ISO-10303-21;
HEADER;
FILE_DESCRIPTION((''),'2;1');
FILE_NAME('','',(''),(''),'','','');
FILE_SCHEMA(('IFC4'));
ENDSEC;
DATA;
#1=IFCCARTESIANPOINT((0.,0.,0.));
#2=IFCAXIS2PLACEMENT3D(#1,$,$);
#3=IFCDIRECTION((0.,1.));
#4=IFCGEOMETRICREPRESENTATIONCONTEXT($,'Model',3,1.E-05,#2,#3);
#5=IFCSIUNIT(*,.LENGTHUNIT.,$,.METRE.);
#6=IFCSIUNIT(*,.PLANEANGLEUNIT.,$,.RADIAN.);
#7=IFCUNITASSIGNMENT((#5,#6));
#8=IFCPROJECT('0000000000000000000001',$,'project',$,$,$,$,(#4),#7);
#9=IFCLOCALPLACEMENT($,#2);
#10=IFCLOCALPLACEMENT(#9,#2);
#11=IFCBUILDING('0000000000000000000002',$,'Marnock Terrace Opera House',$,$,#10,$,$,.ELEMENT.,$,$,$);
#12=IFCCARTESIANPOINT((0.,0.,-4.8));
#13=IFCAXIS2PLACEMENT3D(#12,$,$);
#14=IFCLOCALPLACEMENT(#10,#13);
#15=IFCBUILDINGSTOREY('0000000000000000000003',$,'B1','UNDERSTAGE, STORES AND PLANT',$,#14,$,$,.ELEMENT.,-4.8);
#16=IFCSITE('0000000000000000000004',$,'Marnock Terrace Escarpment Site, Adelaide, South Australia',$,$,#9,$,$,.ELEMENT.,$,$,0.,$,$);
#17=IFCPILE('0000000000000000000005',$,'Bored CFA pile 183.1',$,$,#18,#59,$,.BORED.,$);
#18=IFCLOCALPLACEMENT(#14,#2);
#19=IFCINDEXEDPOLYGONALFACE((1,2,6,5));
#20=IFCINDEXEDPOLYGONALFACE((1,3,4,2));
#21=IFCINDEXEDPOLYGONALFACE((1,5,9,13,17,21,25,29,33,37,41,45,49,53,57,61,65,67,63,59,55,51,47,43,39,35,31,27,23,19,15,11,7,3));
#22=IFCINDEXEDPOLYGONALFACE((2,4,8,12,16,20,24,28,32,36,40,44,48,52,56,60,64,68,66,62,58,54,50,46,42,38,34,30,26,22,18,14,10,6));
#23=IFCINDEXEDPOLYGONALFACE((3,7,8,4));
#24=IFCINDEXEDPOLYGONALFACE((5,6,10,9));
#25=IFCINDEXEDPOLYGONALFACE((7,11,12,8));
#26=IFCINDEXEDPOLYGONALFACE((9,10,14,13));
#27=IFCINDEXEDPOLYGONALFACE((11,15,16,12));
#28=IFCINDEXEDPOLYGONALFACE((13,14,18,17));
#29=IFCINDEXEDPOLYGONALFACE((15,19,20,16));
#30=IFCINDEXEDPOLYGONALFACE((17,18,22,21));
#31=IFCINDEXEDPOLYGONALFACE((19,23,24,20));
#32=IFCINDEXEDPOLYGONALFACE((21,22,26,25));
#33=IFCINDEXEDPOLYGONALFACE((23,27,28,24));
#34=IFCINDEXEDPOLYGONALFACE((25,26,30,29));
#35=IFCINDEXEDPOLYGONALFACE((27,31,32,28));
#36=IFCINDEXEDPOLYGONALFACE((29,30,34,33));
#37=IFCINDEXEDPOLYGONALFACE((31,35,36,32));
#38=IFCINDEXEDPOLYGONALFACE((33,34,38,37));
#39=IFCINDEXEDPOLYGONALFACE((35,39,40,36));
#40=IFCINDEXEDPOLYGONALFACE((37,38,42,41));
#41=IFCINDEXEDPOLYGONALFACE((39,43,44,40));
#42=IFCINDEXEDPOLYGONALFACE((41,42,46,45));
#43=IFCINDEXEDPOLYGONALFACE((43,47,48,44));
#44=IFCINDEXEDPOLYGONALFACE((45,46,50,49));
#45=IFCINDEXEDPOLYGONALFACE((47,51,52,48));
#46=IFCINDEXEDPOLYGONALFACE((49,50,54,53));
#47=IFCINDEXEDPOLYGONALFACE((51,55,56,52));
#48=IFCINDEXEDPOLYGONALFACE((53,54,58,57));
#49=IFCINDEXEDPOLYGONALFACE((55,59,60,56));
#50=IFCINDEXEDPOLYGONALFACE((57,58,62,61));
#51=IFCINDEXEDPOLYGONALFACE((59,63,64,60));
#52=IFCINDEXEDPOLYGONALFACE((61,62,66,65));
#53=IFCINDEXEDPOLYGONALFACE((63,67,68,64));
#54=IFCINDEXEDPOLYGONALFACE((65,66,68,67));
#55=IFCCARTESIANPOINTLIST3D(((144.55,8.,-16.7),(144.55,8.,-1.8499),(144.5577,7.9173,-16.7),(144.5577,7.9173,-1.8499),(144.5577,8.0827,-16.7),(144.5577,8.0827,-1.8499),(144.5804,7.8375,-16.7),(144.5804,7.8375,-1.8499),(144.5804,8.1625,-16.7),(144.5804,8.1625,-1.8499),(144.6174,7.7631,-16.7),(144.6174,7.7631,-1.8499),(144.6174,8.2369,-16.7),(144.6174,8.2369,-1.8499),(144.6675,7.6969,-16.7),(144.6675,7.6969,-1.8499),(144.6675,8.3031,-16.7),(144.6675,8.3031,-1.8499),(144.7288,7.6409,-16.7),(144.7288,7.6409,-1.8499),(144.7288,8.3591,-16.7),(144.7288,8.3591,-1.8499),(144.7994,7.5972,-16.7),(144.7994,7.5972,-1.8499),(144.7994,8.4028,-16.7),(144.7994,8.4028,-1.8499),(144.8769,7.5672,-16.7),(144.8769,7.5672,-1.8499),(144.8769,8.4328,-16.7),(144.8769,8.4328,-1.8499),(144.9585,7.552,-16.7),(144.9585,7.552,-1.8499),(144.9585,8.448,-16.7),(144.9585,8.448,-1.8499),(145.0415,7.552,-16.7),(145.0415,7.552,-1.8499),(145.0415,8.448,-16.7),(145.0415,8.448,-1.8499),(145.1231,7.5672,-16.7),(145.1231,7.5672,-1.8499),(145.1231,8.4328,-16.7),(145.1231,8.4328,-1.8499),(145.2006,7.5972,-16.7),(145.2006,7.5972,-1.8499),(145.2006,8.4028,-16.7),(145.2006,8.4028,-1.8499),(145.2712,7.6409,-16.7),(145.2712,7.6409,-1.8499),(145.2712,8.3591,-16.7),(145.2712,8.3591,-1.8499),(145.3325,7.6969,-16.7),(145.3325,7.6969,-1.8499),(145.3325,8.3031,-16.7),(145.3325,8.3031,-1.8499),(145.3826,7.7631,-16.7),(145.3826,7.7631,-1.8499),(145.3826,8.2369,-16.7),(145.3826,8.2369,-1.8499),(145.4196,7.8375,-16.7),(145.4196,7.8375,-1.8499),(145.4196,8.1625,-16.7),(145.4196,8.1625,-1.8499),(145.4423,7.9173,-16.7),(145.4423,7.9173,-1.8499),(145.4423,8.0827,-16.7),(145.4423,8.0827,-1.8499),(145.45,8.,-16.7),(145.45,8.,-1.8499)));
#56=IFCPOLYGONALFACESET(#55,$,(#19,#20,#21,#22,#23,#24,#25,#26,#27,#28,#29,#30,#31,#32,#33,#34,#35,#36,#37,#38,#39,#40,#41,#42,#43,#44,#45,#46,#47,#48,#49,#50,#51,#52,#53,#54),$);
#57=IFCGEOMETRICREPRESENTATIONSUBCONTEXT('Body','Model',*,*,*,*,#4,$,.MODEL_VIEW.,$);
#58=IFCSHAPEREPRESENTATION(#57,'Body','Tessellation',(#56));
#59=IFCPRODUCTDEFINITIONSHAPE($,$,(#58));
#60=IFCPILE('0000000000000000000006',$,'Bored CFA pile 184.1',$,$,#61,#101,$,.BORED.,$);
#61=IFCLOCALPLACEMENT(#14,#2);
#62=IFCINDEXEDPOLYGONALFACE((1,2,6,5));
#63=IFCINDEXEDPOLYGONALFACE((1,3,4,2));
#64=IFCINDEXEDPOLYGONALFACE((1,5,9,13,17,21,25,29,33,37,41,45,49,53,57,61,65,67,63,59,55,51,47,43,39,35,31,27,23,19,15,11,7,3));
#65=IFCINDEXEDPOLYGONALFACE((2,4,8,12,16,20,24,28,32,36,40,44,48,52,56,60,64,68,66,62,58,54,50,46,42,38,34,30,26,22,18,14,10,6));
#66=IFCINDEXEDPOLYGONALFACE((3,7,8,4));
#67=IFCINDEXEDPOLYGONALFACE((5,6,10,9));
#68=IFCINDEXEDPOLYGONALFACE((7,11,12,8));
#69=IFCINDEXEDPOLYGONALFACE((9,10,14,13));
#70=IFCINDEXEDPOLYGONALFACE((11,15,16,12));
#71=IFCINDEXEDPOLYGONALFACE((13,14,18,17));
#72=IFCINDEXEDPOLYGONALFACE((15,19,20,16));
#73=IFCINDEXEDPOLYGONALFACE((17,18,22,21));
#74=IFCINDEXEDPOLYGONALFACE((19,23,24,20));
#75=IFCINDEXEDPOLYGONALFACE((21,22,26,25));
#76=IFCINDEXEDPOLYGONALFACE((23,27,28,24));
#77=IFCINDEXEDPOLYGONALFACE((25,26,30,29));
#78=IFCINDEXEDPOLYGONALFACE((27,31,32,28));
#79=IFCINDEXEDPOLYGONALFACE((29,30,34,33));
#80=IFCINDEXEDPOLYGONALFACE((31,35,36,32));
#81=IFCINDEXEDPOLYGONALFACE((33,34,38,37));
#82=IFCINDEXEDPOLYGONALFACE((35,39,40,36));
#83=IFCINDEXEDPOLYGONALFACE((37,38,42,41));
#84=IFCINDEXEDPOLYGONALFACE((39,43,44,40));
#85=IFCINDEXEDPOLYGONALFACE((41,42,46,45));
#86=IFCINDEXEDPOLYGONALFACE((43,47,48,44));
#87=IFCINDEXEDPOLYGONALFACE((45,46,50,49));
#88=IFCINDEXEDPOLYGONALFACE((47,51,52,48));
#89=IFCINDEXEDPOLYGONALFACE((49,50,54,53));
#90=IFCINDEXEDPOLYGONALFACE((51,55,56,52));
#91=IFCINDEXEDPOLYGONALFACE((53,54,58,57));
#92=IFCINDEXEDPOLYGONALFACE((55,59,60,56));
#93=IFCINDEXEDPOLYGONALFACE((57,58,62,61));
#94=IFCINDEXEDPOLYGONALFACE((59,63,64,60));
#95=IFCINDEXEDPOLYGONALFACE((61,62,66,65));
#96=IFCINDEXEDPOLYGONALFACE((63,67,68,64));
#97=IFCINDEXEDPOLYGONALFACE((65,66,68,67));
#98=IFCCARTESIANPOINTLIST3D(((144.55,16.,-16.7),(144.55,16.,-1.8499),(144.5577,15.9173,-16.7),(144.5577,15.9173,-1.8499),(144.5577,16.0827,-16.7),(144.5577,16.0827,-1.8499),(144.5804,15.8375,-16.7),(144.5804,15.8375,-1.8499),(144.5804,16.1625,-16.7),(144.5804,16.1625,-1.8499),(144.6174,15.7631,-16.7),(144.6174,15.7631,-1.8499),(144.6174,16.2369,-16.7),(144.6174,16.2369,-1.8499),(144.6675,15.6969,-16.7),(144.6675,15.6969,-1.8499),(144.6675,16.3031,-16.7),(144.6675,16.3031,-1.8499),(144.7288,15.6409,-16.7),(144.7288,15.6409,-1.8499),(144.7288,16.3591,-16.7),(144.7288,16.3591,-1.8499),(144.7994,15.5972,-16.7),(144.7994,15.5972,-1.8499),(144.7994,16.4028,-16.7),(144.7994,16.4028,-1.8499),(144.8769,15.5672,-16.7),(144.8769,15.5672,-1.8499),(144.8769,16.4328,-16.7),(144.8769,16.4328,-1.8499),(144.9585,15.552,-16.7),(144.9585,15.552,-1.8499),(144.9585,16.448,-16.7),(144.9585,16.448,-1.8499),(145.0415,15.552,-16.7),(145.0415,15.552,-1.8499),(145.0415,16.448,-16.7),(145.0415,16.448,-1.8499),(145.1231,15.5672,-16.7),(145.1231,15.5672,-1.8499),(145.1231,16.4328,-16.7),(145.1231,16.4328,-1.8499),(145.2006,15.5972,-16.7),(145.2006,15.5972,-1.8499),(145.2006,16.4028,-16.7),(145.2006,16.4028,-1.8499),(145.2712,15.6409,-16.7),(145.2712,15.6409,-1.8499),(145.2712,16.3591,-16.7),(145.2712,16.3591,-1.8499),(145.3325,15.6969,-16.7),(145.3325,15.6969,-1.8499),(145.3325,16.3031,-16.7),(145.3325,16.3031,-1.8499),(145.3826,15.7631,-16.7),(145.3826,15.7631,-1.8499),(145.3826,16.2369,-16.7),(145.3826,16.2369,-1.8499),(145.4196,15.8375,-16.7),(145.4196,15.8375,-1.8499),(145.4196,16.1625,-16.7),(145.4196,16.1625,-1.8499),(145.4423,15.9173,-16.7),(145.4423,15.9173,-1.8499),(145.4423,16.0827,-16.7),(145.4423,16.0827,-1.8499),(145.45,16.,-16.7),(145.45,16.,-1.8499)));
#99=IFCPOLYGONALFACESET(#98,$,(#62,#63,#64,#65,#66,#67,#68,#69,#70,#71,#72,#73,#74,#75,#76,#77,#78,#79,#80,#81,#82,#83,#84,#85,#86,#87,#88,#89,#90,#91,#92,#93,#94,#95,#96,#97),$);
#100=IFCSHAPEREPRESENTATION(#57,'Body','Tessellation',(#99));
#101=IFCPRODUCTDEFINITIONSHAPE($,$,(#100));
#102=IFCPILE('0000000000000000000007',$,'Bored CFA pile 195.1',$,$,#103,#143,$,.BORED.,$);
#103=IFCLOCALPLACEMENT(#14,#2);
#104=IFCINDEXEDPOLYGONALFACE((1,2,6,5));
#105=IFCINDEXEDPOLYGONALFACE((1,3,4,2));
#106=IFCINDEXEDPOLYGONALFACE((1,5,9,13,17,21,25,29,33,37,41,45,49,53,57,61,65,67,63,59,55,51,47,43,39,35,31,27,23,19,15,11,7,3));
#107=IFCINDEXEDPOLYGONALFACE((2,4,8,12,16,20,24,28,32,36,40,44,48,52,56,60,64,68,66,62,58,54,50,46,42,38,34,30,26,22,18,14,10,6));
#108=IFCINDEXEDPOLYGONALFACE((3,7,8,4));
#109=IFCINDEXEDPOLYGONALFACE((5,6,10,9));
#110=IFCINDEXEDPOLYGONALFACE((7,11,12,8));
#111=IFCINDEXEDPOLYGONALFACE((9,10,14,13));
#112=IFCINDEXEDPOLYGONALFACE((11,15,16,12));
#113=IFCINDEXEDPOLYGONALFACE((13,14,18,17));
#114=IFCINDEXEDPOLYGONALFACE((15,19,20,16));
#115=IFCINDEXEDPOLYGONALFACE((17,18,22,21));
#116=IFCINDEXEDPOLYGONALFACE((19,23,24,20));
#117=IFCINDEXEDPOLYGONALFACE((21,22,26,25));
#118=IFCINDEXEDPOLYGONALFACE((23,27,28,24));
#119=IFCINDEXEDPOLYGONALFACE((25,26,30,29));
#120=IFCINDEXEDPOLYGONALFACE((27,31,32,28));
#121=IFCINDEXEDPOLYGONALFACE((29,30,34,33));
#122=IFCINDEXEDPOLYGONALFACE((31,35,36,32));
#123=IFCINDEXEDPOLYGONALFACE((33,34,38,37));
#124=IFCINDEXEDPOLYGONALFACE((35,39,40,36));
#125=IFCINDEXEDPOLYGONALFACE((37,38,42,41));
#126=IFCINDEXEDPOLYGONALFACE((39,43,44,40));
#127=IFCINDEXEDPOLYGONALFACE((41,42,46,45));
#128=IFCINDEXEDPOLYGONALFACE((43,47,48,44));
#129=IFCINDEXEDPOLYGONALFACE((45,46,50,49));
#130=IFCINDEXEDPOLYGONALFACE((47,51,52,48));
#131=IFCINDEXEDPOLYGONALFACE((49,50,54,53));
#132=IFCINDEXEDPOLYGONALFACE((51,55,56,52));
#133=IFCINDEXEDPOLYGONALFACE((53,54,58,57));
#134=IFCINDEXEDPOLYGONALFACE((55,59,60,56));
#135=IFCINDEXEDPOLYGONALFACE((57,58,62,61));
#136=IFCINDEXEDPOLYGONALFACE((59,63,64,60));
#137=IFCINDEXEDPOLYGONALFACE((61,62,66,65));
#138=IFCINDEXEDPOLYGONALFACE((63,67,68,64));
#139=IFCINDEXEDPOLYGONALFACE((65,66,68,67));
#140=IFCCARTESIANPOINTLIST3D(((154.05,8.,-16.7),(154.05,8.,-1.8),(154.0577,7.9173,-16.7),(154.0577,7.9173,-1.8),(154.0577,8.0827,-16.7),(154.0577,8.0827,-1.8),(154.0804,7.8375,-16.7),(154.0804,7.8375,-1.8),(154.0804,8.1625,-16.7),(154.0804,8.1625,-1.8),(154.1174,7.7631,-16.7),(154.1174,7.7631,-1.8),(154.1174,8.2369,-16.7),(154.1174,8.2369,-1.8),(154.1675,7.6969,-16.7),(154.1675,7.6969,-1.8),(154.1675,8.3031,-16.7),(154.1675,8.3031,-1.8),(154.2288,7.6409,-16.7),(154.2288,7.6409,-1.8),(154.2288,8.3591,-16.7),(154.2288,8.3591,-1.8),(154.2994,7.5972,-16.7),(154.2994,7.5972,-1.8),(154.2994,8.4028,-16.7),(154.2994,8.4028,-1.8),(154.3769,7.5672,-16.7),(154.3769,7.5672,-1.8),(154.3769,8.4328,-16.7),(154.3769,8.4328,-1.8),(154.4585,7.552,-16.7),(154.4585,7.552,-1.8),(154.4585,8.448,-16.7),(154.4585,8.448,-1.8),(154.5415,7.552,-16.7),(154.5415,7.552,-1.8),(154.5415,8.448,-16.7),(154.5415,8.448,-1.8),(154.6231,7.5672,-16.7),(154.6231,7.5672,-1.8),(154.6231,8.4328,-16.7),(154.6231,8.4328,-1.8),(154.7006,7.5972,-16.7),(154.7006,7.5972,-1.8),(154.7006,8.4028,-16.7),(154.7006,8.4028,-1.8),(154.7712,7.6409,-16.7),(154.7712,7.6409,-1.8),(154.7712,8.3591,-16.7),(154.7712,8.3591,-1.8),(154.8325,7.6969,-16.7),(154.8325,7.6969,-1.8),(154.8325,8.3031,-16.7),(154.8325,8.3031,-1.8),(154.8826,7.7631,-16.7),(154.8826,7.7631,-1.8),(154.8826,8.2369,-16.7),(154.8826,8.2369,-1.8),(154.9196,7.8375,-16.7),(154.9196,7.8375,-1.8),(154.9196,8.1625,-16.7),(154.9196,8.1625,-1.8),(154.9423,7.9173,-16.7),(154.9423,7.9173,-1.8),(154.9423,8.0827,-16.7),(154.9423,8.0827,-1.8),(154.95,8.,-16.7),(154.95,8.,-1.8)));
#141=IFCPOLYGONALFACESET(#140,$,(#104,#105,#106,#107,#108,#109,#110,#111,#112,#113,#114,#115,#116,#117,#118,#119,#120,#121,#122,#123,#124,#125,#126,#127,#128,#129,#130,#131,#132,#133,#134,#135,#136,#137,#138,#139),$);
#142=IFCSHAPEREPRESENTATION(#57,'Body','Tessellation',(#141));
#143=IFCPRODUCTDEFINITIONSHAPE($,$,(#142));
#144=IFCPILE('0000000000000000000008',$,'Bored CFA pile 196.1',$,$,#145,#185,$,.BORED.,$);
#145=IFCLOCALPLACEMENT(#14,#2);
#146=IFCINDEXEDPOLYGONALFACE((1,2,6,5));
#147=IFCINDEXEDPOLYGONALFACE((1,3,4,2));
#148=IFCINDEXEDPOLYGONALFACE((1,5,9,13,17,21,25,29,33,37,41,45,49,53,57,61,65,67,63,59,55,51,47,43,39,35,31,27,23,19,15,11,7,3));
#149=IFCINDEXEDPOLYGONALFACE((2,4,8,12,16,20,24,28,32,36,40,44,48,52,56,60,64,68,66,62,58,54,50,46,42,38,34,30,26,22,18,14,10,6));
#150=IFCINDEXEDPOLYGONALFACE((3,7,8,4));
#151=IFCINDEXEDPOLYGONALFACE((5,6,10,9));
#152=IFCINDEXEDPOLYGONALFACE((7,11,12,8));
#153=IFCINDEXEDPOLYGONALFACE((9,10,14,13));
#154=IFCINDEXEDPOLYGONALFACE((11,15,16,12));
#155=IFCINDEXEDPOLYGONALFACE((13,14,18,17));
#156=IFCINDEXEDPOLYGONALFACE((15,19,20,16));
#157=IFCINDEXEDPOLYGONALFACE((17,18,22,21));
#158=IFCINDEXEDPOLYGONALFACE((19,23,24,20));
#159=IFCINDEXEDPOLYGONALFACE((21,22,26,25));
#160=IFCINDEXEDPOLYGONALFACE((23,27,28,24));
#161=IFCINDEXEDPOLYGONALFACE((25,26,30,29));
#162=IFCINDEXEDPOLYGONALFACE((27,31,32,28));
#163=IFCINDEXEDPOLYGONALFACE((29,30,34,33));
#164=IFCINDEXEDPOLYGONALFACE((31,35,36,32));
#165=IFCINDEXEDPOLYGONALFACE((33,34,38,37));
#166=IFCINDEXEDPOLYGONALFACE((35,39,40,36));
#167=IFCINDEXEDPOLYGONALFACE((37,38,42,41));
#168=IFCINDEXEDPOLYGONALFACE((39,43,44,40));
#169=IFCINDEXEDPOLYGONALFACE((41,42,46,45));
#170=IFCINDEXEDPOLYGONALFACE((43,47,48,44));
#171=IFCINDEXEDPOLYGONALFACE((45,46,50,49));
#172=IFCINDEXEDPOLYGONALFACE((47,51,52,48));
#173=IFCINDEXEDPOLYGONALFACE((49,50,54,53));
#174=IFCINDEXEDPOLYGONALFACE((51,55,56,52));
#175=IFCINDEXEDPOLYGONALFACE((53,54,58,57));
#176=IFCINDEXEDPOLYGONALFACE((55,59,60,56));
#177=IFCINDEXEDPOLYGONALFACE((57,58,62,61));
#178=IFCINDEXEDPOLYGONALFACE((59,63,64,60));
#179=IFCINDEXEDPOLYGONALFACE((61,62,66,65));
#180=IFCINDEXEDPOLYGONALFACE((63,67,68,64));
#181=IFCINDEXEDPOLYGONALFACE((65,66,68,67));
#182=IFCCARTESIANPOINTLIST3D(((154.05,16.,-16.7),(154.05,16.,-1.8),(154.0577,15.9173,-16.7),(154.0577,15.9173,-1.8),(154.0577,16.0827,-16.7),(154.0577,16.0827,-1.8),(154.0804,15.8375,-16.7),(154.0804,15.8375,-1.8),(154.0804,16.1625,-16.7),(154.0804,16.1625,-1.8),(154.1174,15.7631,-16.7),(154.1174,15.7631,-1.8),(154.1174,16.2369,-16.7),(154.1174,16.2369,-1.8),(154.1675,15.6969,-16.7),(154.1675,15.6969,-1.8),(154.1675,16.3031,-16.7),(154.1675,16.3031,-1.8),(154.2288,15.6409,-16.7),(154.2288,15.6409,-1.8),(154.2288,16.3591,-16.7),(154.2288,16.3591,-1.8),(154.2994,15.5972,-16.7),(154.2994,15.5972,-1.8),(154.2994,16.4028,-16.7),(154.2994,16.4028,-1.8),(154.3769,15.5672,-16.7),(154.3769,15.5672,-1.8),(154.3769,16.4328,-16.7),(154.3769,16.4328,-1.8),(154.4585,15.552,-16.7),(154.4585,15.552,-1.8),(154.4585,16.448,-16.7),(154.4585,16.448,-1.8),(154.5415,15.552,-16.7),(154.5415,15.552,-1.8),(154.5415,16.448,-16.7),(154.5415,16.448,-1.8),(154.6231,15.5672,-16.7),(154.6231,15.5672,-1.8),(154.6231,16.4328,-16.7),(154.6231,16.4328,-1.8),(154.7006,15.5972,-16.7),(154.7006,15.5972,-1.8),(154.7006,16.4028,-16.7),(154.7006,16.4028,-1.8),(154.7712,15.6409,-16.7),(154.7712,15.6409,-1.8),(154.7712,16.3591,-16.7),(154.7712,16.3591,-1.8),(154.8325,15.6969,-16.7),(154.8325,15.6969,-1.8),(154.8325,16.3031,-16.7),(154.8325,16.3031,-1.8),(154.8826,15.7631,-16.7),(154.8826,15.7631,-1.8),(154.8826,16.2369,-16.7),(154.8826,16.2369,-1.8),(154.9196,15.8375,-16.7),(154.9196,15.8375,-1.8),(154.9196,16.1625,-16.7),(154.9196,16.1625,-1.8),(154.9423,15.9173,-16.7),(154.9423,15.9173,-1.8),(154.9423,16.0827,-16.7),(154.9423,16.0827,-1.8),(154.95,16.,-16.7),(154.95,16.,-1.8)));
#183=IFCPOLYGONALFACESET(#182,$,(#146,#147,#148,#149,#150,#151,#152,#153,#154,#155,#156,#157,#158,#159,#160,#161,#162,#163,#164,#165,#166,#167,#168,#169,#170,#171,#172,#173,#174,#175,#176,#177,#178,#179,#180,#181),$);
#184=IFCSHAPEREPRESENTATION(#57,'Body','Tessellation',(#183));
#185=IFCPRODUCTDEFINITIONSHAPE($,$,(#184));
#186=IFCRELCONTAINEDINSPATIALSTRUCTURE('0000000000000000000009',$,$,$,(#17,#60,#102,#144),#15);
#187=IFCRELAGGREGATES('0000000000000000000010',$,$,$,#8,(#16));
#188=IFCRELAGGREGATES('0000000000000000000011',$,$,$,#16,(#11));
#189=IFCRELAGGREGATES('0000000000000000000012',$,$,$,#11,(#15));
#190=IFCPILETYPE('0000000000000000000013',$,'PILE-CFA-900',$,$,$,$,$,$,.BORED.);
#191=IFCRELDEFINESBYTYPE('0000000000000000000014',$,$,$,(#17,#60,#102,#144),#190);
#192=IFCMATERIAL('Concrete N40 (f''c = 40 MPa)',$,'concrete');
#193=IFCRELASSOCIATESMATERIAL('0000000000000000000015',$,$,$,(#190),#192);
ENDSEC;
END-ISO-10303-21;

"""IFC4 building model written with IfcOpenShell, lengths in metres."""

from ifc_helpers import new_model, si_unit, direction, frame, origin, origin_2d, place, context, subcontext, project, spatial, circle, extrude, material, material_profile, profile_set, type_object, element, save


model = new_model("IFC4")

# Units and contexts
model_context = context("Model", 3, precision=1e-05, world=origin(), true_north=direction((0.0, 1.0)))
body_context = subcontext(model_context, "Body", "Model", "MODEL_VIEW")
ifc_project = project(units=[si_unit("LENGTHUNIT", "METRE"), si_unit("PLANEANGLEUNIT", "RADIAN")], contexts=[model_context])

# Site, building, storey
site_placement = place(None, origin())
site = spatial("IfcSite", under=ifc_project, at=site_placement, Name="Marnock Terrace Escarpment Site, Adelaide, South Australia", CompositionType="ELEMENT", RefElevation=0.0)
building_placement = place(site_placement, origin())
building = spatial("IfcBuilding", under=site, at=building_placement, Name="Marnock Terrace Opera House", CompositionType="ELEMENT")
storey_placement = place(building_placement, frame((0.0, 0.0, -4.8)))
storey = spatial("IfcBuildingStorey", under=building, at=storey_placement, Name="B1", Description="UNDERSTAGE, STORES AND PLANT", CompositionType="ELEMENT", Elevation=-4.8)

# Shared definitions
ifc_material_1 = material(Name="Concrete N40 (f'c = 40 MPa)", Category="concrete")

# Piles
ifc_material_profile_1 = material_profile(ifc_material_1, circle(Radius=0.45, at=origin_2d()))
ifc_profile_set_1 = profile_set([ifc_material_profile_1], Name="Concrete N40 (f'c = 40 MPa)")
pile_type = type_object("IfcPileType", Name="PILE-CFA-900", PredefinedType="BORED", material=ifc_profile_set_1)
for number, where, z_axis, x_axis, name in (
    (1, (145.0, 8.0, -1.8499), (0.0, 0.0, -1.0), (1.0, 0.0, 0.0), "Bored CFA pile 183.1"),
    (2, (145.0, 16.0, -1.8499), (0.0, 0.0, -1.0), (1.0, 0.0, 0.0), "Bored CFA pile 184.1"),
):
    element("IfcPile", number, at=place(storey_placement, frame(where, z_axis=z_axis, x_axis=x_axis)), inside=storey, type_object=pile_type, Name=name, PredefinedType="BORED", context=body_context, shape_type="SweptSolid", body=[
        extrude(circle(Radius=0.45, at=origin_2d()), origin(), (0.0, 0.0, 1.0), 14.8501),
    ])
for number, where, z_axis, x_axis, name in (
    (3, (154.5, 8.0, -1.8), (0.0, 0.0, -1.0), (1.0, 0.0, 0.0), "Bored CFA pile 195.1"),
    (4, (154.5, 16.0, -1.8), (0.0, 0.0, -1.0), (1.0, 0.0, 0.0), "Bored CFA pile 196.1"),
):
    element("IfcPile", number, at=place(storey_placement, frame(where, z_axis=z_axis, x_axis=x_axis)), inside=storey, type_object=pile_type, Name=name, PredefinedType="BORED", context=body_context, shape_type="SweptSolid", body=[
        extrude(circle(Radius=0.45, at=origin_2d()), origin(), (0.0, 0.0, 1.0), 14.8999),
    ])

save(model, "model.ifc")
